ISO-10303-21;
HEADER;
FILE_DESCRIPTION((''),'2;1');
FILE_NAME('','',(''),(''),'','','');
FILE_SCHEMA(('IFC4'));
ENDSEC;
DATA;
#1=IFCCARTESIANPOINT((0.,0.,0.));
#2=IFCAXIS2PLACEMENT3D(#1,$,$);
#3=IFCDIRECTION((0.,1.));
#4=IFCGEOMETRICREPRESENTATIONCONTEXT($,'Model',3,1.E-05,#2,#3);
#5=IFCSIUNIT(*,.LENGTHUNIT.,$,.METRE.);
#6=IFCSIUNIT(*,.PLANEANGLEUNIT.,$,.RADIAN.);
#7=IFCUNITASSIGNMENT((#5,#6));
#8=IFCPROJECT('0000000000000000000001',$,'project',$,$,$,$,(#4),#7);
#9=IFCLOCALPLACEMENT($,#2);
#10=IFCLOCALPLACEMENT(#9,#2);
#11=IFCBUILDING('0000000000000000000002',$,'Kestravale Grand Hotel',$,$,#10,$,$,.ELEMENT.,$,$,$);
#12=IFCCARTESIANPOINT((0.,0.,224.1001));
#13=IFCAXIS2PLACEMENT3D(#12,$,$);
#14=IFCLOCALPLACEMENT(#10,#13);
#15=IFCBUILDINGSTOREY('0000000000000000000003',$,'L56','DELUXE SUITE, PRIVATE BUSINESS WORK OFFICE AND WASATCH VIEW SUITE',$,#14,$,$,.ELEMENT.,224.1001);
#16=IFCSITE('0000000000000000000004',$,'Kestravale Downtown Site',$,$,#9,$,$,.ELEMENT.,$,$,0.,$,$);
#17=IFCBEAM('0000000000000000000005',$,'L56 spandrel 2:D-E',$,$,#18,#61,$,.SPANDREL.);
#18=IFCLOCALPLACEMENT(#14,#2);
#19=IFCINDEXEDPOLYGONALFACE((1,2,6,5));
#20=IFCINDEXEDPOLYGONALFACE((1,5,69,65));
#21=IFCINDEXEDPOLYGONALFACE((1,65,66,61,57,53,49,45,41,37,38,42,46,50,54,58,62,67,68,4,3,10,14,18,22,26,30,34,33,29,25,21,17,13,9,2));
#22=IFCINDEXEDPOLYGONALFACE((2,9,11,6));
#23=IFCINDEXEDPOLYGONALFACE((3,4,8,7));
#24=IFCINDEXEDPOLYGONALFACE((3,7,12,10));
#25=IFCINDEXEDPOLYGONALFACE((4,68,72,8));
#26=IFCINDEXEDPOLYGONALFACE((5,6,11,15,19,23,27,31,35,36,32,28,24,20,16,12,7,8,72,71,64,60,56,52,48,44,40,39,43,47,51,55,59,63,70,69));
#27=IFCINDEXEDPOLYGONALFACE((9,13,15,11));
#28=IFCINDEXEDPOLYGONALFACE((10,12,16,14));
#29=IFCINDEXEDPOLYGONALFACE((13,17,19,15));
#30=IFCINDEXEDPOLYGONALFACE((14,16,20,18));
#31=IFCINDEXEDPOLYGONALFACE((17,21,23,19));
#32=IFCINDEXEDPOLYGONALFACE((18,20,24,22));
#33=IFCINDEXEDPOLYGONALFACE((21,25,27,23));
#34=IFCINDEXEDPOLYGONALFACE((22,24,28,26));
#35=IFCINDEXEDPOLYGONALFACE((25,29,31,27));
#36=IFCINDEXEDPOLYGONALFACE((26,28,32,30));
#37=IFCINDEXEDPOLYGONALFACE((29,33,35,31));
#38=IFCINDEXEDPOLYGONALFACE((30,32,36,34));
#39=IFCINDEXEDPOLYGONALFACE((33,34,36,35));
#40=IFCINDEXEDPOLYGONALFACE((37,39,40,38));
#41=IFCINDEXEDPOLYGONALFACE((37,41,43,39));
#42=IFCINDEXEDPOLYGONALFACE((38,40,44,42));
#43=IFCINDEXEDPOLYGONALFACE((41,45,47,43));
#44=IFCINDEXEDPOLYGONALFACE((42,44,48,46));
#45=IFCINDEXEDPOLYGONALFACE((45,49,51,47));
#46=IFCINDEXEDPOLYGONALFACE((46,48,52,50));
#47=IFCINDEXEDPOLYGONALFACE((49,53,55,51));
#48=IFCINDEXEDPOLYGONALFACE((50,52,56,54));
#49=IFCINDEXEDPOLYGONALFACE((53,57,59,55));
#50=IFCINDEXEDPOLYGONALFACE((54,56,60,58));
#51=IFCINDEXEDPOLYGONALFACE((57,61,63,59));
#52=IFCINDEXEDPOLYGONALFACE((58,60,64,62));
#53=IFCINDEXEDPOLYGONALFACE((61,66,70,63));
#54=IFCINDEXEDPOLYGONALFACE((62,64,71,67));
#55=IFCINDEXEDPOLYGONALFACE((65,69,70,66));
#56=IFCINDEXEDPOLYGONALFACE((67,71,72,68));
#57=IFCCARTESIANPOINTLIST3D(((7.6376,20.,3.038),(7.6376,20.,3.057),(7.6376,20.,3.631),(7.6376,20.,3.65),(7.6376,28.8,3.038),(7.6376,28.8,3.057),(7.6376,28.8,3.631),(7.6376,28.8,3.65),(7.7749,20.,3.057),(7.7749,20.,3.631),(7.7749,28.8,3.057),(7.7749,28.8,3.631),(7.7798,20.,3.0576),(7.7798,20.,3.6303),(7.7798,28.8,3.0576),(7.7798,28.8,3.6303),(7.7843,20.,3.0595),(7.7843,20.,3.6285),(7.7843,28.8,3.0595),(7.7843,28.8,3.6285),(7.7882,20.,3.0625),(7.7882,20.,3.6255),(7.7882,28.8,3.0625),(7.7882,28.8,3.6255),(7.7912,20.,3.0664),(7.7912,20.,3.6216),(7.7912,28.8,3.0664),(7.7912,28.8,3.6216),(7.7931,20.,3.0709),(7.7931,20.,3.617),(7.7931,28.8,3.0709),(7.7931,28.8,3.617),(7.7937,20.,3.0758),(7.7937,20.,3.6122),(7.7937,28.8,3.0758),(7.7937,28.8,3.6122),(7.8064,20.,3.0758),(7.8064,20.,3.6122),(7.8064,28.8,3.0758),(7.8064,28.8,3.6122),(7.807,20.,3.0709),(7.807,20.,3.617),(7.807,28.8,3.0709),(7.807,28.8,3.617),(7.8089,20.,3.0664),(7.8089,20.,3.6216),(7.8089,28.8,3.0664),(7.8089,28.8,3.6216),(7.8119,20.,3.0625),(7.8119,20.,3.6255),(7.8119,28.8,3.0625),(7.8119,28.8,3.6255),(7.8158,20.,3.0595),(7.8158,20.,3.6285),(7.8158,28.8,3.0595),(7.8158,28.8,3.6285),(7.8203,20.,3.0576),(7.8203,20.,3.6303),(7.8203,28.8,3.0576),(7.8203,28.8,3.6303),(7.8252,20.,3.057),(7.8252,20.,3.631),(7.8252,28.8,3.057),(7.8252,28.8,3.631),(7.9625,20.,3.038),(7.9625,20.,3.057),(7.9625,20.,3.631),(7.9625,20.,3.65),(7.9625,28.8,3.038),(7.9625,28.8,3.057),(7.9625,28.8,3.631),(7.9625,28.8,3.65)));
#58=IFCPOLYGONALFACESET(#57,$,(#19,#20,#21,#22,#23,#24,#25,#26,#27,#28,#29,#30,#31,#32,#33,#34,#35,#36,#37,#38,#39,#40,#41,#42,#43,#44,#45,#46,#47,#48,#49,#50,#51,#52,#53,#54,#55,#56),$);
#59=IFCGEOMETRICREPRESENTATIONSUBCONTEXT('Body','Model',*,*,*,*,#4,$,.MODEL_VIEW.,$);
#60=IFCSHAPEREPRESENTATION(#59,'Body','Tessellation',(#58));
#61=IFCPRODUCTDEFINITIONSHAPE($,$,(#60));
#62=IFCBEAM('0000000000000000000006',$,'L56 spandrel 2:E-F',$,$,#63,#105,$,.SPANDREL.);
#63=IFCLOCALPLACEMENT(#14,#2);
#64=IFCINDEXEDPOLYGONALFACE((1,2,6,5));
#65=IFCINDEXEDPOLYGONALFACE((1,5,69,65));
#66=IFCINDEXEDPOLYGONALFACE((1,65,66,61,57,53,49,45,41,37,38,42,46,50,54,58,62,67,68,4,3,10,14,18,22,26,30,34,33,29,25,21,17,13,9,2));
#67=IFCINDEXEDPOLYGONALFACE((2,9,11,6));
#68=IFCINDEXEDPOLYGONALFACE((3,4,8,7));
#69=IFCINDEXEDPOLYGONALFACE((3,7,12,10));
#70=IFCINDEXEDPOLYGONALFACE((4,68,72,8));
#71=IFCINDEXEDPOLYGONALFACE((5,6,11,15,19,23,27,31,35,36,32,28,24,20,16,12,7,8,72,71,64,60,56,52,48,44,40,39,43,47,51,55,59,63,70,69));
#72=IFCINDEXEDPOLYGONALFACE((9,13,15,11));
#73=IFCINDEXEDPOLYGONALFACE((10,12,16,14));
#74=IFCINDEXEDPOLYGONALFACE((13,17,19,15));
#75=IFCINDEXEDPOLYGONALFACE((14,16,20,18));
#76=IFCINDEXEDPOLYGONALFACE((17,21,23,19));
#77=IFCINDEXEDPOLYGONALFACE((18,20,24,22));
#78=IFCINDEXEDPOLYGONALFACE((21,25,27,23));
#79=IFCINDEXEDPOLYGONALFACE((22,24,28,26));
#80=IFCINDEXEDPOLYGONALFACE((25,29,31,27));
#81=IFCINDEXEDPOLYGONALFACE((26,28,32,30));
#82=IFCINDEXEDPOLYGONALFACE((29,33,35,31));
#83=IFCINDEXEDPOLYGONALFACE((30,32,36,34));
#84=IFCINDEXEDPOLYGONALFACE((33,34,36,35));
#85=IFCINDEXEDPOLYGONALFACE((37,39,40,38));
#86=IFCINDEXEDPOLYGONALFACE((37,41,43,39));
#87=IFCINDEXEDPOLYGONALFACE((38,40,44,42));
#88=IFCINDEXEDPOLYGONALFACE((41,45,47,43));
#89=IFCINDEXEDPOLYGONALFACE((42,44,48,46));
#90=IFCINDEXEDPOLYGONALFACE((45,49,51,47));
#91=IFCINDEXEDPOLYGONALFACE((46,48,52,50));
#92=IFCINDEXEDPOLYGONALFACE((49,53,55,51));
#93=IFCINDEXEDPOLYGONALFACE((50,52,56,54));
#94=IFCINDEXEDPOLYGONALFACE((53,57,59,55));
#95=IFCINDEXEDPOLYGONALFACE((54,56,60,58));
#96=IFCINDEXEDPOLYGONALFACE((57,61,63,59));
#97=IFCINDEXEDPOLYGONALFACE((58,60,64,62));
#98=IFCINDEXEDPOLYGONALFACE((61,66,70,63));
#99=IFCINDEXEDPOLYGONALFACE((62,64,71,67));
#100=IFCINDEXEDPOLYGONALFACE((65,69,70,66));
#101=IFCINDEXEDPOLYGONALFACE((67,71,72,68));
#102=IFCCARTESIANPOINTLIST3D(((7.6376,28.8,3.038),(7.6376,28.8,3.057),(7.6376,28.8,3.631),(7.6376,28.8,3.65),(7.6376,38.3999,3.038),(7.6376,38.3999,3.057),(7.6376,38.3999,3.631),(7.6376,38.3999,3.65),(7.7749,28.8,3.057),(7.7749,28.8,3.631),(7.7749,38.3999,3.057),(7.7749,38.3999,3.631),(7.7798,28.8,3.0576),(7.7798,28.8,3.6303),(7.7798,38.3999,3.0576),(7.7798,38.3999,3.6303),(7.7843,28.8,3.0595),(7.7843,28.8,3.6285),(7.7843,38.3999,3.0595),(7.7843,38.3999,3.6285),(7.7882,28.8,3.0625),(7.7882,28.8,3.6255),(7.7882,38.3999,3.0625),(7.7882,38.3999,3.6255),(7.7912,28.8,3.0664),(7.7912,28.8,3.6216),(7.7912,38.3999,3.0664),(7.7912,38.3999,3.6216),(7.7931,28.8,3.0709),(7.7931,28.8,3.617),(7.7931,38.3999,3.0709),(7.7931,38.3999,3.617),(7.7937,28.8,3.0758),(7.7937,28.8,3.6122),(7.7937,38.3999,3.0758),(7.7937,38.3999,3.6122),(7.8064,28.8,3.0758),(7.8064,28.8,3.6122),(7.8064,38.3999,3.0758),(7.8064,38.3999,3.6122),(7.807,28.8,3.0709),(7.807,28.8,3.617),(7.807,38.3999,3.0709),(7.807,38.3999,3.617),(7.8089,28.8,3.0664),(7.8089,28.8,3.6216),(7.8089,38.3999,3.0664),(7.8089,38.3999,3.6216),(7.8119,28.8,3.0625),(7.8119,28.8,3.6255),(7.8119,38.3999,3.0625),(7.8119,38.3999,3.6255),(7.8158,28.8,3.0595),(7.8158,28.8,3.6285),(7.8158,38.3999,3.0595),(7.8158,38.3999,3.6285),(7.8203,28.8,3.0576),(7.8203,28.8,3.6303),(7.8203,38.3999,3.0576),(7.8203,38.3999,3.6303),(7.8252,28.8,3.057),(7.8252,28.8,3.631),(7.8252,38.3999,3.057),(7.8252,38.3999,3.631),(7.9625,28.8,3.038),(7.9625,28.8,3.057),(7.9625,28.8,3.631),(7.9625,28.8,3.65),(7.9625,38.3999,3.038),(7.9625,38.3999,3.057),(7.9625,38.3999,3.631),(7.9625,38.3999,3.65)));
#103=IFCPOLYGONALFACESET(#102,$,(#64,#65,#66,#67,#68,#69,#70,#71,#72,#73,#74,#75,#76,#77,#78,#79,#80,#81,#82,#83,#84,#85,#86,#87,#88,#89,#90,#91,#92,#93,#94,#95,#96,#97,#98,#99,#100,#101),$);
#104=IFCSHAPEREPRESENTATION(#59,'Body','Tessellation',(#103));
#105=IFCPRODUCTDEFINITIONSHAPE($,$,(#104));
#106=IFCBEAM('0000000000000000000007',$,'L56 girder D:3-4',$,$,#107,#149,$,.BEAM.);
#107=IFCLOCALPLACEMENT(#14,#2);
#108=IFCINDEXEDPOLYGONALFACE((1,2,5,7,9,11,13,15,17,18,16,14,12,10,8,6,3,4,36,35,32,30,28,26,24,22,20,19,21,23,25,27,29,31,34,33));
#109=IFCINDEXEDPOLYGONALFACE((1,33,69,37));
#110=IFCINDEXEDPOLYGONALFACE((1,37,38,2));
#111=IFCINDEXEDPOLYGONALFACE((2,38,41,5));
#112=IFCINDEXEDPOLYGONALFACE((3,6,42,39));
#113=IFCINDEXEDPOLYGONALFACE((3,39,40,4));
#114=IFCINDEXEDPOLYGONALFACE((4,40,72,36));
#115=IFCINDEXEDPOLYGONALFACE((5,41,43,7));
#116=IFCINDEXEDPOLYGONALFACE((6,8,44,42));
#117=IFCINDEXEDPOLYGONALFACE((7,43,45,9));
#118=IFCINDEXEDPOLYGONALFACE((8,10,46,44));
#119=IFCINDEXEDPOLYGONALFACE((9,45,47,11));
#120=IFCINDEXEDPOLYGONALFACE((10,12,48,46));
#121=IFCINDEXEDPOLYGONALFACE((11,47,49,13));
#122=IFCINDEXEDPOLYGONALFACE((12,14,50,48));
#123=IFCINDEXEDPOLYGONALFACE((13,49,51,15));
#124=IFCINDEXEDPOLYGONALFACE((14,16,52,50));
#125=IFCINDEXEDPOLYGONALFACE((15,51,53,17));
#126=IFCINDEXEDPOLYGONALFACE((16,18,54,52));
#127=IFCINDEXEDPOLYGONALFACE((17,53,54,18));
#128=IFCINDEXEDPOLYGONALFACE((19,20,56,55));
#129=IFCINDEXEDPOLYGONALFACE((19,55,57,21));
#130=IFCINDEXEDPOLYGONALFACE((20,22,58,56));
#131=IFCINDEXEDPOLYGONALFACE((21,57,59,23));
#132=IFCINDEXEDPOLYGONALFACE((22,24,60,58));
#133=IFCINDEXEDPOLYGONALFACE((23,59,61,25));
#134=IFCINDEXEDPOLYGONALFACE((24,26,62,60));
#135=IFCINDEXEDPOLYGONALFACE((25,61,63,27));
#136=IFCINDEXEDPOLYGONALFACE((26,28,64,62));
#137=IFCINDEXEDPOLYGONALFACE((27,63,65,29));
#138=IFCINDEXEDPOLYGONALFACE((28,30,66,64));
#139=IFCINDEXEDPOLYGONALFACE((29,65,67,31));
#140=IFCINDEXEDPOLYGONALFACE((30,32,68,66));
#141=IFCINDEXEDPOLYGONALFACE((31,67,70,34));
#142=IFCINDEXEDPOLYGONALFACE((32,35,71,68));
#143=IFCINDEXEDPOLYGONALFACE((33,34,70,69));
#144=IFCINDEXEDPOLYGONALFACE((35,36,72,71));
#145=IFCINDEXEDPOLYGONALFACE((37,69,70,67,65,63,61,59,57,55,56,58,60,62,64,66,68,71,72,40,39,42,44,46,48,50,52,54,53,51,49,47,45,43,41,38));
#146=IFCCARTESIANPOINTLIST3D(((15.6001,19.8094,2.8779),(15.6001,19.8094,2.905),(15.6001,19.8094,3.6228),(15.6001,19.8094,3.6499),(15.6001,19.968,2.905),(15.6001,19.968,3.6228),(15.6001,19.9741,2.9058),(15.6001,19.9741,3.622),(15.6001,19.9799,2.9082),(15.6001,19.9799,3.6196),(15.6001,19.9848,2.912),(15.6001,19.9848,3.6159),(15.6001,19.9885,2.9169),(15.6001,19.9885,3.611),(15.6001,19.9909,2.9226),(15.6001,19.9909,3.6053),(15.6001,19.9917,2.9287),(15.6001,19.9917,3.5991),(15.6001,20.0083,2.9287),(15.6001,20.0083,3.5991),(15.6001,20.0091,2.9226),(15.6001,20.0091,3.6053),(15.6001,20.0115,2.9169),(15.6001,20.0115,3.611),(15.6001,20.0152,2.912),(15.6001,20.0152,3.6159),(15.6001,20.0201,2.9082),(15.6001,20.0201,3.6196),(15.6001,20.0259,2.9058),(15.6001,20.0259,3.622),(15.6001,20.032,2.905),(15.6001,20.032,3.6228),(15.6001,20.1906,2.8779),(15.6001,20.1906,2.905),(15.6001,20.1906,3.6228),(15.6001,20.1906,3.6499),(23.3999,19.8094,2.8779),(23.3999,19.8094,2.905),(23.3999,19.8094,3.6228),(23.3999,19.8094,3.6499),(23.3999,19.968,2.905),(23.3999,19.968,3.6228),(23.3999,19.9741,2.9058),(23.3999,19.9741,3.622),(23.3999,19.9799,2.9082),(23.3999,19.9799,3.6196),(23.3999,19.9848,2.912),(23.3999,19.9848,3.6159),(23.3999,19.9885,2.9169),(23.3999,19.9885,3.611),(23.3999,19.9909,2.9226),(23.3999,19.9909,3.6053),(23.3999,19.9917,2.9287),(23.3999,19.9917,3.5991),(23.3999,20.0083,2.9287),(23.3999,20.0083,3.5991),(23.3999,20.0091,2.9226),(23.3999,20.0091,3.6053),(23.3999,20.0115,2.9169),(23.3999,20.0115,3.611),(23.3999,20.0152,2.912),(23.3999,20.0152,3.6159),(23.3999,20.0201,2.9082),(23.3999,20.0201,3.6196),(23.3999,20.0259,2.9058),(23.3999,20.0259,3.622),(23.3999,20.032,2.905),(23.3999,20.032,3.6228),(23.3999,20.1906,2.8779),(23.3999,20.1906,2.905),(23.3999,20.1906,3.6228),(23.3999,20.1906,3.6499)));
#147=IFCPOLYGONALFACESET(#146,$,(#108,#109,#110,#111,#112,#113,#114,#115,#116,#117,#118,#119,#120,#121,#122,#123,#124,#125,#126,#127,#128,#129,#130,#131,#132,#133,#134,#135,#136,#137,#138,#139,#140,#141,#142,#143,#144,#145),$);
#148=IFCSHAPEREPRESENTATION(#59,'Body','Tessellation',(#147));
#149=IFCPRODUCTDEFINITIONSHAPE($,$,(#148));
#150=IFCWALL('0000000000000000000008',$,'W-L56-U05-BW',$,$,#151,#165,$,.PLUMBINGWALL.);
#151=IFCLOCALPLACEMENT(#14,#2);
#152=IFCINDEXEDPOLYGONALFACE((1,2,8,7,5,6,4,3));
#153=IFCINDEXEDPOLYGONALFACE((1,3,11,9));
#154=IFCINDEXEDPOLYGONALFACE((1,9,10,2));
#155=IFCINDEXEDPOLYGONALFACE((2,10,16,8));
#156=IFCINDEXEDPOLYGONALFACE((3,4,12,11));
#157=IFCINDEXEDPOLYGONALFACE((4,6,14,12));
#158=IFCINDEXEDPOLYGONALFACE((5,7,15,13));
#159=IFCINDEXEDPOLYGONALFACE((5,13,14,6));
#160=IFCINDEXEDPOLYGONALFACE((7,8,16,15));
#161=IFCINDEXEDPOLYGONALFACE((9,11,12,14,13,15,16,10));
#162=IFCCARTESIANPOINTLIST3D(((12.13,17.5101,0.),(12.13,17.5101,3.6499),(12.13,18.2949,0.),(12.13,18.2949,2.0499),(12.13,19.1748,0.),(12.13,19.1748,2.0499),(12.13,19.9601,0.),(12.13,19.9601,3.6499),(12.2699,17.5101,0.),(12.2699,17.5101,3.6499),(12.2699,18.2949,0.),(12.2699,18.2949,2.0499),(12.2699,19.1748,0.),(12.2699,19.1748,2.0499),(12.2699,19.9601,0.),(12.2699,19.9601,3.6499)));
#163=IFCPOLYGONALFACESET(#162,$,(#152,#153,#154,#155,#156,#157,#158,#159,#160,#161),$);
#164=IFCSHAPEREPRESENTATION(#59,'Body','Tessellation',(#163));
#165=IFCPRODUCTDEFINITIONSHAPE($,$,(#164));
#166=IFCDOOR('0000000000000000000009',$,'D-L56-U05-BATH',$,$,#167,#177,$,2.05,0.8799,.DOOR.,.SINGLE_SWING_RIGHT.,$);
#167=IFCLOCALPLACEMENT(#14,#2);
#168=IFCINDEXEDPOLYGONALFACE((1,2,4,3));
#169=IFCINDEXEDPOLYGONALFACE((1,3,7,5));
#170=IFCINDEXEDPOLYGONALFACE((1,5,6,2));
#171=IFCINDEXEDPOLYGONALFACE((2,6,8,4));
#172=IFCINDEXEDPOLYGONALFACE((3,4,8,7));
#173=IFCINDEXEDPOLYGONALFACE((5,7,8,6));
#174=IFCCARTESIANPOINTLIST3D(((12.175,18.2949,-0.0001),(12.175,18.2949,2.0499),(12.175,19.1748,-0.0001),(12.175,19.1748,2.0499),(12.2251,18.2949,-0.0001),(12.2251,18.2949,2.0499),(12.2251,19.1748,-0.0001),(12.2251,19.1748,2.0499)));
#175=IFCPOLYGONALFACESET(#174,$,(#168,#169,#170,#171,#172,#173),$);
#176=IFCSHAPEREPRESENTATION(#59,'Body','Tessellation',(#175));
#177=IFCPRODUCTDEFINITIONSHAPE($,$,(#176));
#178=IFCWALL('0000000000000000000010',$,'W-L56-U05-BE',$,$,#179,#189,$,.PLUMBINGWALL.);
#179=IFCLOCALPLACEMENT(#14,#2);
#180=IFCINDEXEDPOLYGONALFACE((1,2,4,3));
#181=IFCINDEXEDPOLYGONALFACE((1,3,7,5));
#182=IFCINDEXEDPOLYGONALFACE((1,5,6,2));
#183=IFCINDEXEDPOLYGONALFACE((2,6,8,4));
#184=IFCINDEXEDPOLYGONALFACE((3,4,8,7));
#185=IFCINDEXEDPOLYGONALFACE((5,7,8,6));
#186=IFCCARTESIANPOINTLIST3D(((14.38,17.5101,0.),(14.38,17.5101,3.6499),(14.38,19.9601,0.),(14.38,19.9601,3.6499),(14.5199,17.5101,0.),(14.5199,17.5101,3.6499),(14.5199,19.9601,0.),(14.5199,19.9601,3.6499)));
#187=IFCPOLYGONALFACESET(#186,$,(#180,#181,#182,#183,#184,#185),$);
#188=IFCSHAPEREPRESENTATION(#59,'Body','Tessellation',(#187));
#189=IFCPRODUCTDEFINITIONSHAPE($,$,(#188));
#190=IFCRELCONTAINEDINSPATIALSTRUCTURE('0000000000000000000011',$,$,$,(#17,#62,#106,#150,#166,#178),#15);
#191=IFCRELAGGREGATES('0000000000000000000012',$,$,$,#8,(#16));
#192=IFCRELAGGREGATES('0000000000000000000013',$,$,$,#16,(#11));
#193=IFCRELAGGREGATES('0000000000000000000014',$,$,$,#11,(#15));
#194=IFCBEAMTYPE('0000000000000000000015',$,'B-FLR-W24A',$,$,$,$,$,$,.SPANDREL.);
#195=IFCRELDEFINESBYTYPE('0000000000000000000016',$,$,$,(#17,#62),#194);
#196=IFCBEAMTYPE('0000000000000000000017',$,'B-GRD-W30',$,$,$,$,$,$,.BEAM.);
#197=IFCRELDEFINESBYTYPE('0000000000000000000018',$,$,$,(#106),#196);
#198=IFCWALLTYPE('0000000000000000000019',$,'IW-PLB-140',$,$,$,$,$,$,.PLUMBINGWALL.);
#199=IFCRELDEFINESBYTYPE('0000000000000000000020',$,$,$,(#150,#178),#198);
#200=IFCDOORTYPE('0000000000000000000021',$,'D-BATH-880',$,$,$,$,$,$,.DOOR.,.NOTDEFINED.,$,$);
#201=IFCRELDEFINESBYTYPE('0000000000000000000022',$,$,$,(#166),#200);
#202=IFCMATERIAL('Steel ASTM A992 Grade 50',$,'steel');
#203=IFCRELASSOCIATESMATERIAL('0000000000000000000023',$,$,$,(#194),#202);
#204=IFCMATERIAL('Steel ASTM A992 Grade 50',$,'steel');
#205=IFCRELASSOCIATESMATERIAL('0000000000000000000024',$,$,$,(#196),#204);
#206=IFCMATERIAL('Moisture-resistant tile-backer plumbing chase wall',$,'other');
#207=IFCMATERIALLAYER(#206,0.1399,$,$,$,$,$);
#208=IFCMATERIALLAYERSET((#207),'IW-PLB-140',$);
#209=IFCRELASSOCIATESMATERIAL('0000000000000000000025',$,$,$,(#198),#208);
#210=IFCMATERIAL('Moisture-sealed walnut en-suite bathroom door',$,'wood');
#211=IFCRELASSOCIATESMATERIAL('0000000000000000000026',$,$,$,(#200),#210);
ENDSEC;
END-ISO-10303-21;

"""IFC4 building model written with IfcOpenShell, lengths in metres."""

from ifc_helpers import new_model, si_unit, direction, frame, frame_2d, origin, origin_2d, place, context, subcontext, project, spatial, rectangle, i_section, extrude, material, layer, layer_set, material_profile, profile_set, type_object, element, fill, save


model = new_model("IFC4")

# Units and contexts
model_context = context("Model", 3, precision=1e-05, world=origin(), true_north=direction((0.0, 1.0)))
body_context = subcontext(model_context, "Body", "Model", "MODEL_VIEW")
ifc_project = project(units=[si_unit("LENGTHUNIT", "METRE"), si_unit("PLANEANGLEUNIT", "RADIAN")], contexts=[model_context])

# Site, building, storey
site_placement = place(None, origin())
site = spatial("IfcSite", under=ifc_project, at=site_placement, Name="Kestravale Downtown Site", CompositionType="ELEMENT", RefElevation=0.0)
building_placement = place(site_placement, origin())
building = spatial("IfcBuilding", under=site, at=building_placement, Name="Kestravale Grand Hotel", CompositionType="ELEMENT")
storey_placement = place(building_placement, frame((0.0, 0.0, 224.1001)))
storey = spatial("IfcBuildingStorey", under=building, at=storey_placement, Name="L56", Description="DELUXE SUITE, PRIVATE BUSINESS WORK OFFICE AND WASATCH VIEW SUITE", CompositionType="ELEMENT", Elevation=224.1001)

# Beams
ifc_material_1 = material(Name="Steel ASTM A992 Grade 50", Category="steel")
ifc_material_profile_1 = material_profile(ifc_material_1, i_section(OverallWidth=0.325, OverallDepth=0.6121, WebThickness=0.0127, FlangeThickness=0.019, FilletRadius=0.0188, at=origin_2d()))
ifc_profile_set_1 = profile_set([ifc_material_profile_1], Name="Steel ASTM A992 Grade 50")
beam_type_1 = type_object("IfcBeamType", Name="B-FLR-W24A", PredefinedType="SPANDREL", material=ifc_profile_set_1)
beam_1_placement = place(storey_placement, frame((7.8, 20.0, 3.344), z_axis=(0.0, 1.0, 0.0), x_axis=(-1.0, 0.0, 0.0)))
element("IfcBeam", 1, at=beam_1_placement, inside=storey, type_object=beam_type_1, Name="L56 spandrel 2:D-E", PredefinedType="SPANDREL", context=body_context, shape_type="SweptSolid", body=[
    extrude(i_section(OverallWidth=0.325, OverallDepth=0.6121, WebThickness=0.0127, FlangeThickness=0.019, FilletRadius=0.0188, at=origin_2d()), origin(), (0.0, 0.0, 1.0), 8.8),
])
beam_2_placement = place(storey_placement, frame((7.8, 28.8, 3.344), z_axis=(0.0, 1.0, 0.0), x_axis=(-1.0, 0.0, 0.0)))
element("IfcBeam", 2, at=beam_2_placement, inside=storey, type_object=beam_type_1, Name="L56 spandrel 2:E-F", PredefinedType="SPANDREL", context=body_context, shape_type="SweptSolid", body=[
    extrude(i_section(OverallWidth=0.325, OverallDepth=0.6121, WebThickness=0.0127, FlangeThickness=0.019, FilletRadius=0.0188, at=origin_2d()), origin(), (0.0, 0.0, 1.0), 9.5999),
])
ifc_material_2 = material(Name="Steel ASTM A992 Grade 50", Category="steel")
ifc_material_profile_2 = material_profile(ifc_material_2, i_section(OverallWidth=0.3811, OverallDepth=0.772, WebThickness=0.0166, FlangeThickness=0.0271, FilletRadius=0.0237, at=origin_2d()))
ifc_profile_set_2 = profile_set([ifc_material_profile_2], Name="Steel ASTM A992 Grade 50")
beam_type_2 = type_object("IfcBeamType", Name="B-GRD-W30", PredefinedType="BEAM", material=ifc_profile_set_2)
beam_3_placement = place(storey_placement, frame((15.6001, 20.0, 3.2639), z_axis=(1.0, 0.0, 0.0), x_axis=(0.0, 1.0, 0.0)))
element("IfcBeam", 3, at=beam_3_placement, inside=storey, type_object=beam_type_2, Name="L56 girder D:3-4", PredefinedType="BEAM", context=body_context, shape_type="SweptSolid", body=[
    extrude(i_section(OverallWidth=0.3811, OverallDepth=0.772, WebThickness=0.0166, FlangeThickness=0.0271, FilletRadius=0.0237, at=origin_2d()), origin(), (0.0, 0.0, 1.0), 7.7998),
])

# Wall, opening, door
ifc_material_3 = material(Name="Moisture-resistant tile-backer plumbing chase wall", Category="other")
ifc_layer_1 = layer(ifc_material_3, 0.1399)
ifc_layer_set_1 = layer_set([ifc_layer_1], Name="IW-PLB-140")
wall_type_1 = type_object("IfcWallType", Name="IW-PLB-140", PredefinedType="PLUMBINGWALL", material=ifc_layer_set_1)
wall_1_placement = place(storey_placement, frame((12.2, 17.51, 0.0), z_axis=(0.0, 0.0, 1.0), x_axis=(0.0, 1.0, 0.0)))
wall_1 = element("IfcWall", 4, at=wall_1_placement, inside=storey, type_object=wall_type_1, Name="W-L56-U05-BW", PredefinedType="PLUMBINGWALL", context=body_context, shape_type="SweptSolid", body=[
    extrude(rectangle(XDim=2.45, YDim=0.1399, at=frame_2d((1.2251, 0.0))), origin(), (0.0, 0.0, 1.0), 3.6499),
])
opening_1_placement = place(wall_1_placement, frame((0.7849, 0.0, 0.0)))
opening_1 = element("IfcOpeningElement", 5, at=opening_1_placement, cuts=wall_1, PredefinedType="OPENING", context=body_context, shape_type="SweptSolid", body=[
    extrude(rectangle(XDim=0.8799, YDim=2.05, at=frame_2d((0.4399, 1.0249))), frame((0.0, 0.0798, 0.0), z_axis=(0.0, -1.0, 0.0), x_axis=(1.0, 0.0, 0.0)), (0.0, 0.0, 1.0), 0.1599),
])
ifc_material_4 = material(Name="Moisture-sealed walnut en-suite bathroom door", Category="wood")
door_type = type_object("IfcDoorType", Name="D-BATH-880", OperationType="NOTDEFINED", PredefinedType="DOOR", material=ifc_material_4)
door_1_placement = place(opening_1_placement, origin())
door_1 = element("IfcDoor", 6, at=door_1_placement, inside=storey, type_object=door_type, Name="D-L56-U05-BATH", OperationType="SINGLE_SWING_RIGHT", OverallHeight=2.05, OverallWidth=0.8799, PredefinedType="DOOR", context=body_context, shape_type="SweptSolid", body=[
    extrude(rectangle(XDim=0.8799, YDim=2.05, at=frame_2d((0.4399, 1.0249))), frame((0.0, 0.0249, 0.0), z_axis=(0.0, -1.0, 0.0), x_axis=(1.0, 0.0, 0.0)), (0.0, 0.0, 1.0), 0.05),
])
fill(opening_1, door_1)

# Wall
wall_2_placement = place(storey_placement, frame((14.45, 17.51, 0.0), z_axis=(0.0, 0.0, 1.0), x_axis=(0.0, 1.0, 0.0)))
element("IfcWall", 7, at=wall_2_placement, inside=storey, type_object=wall_type_1, Name="W-L56-U05-BE", PredefinedType="PLUMBINGWALL", context=body_context, shape_type="SweptSolid", body=[
    extrude(rectangle(XDim=2.45, YDim=0.1399, at=frame_2d((1.2251, 0.0))), origin(), (0.0, 0.0, 1.0), 3.6499),
])

save(model, "model.ifc")
